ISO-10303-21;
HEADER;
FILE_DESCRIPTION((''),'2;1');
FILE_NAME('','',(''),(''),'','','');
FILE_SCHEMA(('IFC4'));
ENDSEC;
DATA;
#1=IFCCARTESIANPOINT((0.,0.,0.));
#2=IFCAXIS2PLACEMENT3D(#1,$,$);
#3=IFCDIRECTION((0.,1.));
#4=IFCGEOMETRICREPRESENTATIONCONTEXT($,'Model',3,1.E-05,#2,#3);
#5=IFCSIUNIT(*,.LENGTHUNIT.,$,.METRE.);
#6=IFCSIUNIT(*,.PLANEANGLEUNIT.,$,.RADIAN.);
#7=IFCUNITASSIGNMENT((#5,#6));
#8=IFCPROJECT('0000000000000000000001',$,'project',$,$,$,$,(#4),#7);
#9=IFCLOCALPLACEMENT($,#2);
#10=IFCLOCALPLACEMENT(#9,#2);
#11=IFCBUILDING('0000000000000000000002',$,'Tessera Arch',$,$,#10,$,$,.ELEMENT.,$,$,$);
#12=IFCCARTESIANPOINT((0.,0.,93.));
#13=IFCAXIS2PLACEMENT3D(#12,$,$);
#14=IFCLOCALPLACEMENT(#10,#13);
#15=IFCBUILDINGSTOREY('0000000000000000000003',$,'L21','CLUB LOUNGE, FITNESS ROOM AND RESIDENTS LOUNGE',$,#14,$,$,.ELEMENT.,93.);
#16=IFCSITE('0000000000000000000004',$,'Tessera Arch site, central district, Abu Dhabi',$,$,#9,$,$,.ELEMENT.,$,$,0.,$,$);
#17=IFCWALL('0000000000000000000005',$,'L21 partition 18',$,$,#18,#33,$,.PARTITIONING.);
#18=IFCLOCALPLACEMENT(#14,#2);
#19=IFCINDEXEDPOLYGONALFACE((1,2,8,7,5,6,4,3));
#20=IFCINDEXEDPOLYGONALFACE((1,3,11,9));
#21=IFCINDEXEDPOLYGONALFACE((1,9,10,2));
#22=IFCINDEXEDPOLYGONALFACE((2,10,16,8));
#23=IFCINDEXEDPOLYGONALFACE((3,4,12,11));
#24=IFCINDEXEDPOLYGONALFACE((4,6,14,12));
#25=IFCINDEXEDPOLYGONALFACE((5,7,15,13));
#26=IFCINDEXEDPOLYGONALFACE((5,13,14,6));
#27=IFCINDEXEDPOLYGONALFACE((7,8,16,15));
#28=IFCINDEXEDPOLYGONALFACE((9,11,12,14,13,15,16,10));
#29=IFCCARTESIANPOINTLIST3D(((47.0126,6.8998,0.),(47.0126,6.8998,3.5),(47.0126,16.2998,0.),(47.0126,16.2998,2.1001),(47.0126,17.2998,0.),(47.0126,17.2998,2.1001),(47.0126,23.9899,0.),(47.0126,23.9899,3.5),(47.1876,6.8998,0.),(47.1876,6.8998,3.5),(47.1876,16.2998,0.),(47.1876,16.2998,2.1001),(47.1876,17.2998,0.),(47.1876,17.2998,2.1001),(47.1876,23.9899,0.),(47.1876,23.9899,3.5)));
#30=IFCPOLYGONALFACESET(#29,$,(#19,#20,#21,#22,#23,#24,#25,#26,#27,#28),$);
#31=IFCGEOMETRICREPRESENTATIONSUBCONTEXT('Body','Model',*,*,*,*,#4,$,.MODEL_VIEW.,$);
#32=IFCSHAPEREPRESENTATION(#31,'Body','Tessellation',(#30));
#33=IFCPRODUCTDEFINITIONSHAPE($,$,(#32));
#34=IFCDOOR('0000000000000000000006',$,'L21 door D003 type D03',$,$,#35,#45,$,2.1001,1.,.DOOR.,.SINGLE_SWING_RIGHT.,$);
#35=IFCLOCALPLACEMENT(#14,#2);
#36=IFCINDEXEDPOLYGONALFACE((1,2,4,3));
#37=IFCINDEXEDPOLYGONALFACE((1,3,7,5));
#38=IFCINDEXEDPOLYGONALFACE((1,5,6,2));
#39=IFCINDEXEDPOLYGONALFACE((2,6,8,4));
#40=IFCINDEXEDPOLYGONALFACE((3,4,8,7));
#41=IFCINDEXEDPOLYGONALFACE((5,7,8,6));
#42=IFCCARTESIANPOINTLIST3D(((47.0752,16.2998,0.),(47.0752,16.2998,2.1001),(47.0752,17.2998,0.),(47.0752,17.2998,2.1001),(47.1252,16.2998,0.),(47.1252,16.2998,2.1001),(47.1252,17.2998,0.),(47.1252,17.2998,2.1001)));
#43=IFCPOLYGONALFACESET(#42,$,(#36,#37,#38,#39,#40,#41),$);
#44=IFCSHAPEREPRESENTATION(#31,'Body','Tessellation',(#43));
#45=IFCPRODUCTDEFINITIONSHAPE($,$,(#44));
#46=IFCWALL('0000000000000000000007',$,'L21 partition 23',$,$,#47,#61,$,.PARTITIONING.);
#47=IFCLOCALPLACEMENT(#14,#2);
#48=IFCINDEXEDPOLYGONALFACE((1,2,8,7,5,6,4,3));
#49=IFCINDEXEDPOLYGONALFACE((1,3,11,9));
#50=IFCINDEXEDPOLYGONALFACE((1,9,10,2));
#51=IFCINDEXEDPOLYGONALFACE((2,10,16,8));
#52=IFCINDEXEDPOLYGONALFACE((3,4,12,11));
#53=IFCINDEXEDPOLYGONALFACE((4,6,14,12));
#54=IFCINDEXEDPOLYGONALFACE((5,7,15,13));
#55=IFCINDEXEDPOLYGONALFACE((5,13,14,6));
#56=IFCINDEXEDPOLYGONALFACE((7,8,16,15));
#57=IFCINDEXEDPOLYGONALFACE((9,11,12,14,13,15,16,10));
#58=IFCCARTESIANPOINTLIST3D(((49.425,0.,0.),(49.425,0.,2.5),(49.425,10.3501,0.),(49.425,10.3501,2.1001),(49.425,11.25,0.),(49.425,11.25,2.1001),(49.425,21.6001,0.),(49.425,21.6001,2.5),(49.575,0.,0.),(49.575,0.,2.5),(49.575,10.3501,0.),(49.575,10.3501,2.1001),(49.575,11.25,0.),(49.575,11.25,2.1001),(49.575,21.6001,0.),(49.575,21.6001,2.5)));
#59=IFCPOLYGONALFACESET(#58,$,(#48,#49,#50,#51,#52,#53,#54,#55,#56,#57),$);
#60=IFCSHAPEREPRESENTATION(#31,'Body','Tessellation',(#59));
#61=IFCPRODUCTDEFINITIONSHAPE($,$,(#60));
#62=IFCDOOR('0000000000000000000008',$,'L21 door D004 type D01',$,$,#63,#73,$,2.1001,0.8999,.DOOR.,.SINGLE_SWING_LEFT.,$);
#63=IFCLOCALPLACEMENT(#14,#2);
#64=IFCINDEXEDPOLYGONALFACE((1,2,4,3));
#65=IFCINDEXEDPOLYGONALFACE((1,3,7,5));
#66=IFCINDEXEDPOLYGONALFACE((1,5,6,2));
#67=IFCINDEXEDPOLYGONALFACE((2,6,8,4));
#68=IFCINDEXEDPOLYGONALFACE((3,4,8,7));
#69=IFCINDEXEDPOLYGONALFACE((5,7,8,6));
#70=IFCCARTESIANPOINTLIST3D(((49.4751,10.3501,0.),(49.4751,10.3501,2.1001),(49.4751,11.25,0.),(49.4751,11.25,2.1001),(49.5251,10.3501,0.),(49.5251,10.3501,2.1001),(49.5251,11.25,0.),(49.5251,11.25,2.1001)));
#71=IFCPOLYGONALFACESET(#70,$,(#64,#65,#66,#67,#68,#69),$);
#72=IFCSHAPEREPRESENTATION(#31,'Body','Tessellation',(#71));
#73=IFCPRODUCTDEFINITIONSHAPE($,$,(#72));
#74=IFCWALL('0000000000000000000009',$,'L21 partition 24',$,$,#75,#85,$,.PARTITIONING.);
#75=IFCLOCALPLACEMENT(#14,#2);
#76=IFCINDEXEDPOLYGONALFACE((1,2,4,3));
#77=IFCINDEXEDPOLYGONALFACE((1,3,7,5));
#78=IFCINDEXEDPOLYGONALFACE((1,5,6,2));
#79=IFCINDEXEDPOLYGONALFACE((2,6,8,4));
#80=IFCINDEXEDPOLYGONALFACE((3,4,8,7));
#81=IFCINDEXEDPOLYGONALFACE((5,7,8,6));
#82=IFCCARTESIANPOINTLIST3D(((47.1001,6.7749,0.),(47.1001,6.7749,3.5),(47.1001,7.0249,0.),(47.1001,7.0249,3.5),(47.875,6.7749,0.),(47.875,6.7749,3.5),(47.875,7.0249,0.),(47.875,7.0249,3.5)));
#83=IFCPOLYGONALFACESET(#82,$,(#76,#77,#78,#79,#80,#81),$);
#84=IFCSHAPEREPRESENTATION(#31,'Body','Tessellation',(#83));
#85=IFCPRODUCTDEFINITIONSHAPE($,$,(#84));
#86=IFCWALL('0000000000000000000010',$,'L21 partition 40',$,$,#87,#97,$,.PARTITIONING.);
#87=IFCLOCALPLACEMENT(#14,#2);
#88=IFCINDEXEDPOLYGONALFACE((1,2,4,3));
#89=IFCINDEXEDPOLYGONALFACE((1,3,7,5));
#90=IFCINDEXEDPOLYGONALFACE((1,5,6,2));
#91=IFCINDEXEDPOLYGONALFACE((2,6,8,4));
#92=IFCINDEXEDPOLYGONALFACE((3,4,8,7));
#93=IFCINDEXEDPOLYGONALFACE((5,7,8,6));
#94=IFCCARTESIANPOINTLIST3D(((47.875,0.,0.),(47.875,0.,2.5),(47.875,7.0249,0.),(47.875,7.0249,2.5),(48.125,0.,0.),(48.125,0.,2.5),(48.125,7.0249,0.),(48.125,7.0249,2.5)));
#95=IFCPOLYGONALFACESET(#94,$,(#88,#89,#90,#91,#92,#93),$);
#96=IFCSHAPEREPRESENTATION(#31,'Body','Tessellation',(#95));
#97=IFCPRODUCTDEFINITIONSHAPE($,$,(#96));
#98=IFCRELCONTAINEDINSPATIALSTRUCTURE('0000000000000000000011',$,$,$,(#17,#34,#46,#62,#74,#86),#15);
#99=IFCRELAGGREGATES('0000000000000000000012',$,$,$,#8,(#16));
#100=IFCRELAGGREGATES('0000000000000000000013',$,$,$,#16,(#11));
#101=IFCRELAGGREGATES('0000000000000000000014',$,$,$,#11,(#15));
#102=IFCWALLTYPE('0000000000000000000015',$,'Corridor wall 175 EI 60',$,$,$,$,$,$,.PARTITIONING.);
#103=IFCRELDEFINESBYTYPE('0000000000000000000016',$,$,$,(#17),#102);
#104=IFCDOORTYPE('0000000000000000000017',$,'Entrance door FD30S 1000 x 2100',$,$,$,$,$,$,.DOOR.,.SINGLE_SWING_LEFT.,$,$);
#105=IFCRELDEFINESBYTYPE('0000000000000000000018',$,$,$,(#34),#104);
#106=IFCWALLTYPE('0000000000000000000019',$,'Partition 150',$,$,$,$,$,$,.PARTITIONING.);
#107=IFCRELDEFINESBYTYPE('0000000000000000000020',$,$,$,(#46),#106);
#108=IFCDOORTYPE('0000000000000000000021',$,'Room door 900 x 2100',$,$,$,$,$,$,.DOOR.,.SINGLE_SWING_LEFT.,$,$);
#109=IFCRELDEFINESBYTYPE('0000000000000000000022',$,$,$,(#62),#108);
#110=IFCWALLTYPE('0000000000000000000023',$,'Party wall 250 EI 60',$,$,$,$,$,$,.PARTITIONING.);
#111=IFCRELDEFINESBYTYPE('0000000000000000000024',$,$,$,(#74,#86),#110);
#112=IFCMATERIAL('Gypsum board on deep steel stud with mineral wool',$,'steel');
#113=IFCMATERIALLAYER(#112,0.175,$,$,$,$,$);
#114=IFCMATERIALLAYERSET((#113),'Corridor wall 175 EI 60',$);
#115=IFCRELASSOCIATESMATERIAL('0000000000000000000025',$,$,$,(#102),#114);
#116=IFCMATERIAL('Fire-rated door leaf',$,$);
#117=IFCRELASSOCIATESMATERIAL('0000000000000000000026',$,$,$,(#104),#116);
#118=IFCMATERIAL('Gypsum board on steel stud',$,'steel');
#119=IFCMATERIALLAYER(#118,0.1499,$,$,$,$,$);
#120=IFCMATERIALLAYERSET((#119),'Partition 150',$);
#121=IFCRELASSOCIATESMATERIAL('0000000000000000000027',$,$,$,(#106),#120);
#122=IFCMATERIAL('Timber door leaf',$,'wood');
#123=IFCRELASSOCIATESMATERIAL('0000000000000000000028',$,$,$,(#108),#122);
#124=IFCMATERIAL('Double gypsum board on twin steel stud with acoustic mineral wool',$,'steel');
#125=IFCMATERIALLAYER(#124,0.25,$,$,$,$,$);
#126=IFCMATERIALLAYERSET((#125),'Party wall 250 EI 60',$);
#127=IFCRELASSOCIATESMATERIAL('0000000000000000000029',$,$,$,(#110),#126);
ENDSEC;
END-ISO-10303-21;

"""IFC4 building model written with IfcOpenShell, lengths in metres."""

from ifc_helpers import new_model, si_unit, direction, frame, frame_2d, origin, place, context, subcontext, project, spatial, rectangle, extrude, material, layer, layer_set, type_object, element, fill, save


model = new_model("IFC4")

# Units and contexts
model_context = context("Model", 3, precision=1e-05, world=origin(), true_north=direction((0.0, 1.0)))
body_context = subcontext(model_context, "Body", "Model", "MODEL_VIEW")
ifc_project = project(units=[si_unit("LENGTHUNIT", "METRE"), si_unit("PLANEANGLEUNIT", "RADIAN")], contexts=[model_context])

# Site, building, storey
site_placement = place(None, origin())
site = spatial("IfcSite", under=ifc_project, at=site_placement, Name="Tessera Arch site, central district, Abu Dhabi", CompositionType="ELEMENT", RefElevation=0.0)
building_placement = place(site_placement, origin())
building = spatial("IfcBuilding", under=site, at=building_placement, Name="Tessera Arch", CompositionType="ELEMENT")
storey_placement = place(building_placement, frame((0.0, 0.0, 93.0)))
storey = spatial("IfcBuildingStorey", under=building, at=storey_placement, Name="L21", Description="CLUB LOUNGE, FITNESS ROOM AND RESIDENTS LOUNGE", CompositionType="ELEMENT", Elevation=93.0)

# Walls, openings, doors
ifc_material_1 = material(Name="Gypsum board on deep steel stud with mineral wool", Category="steel")
ifc_layer_1 = layer(ifc_material_1, 0.175)
ifc_layer_set_1 = layer_set([ifc_layer_1], Name="Corridor wall 175 EI 60")
wall_type_1 = type_object("IfcWallType", Name="Corridor wall 175 EI 60", PredefinedType="PARTITIONING", material=ifc_layer_set_1)
wall_1_placement = place(storey_placement, frame((47.1001, 6.8999, 0.0), z_axis=(0.0, 0.0, 1.0), x_axis=(0.0, 1.0, 0.0)))
wall_1 = element("IfcWall", 1, at=wall_1_placement, inside=storey, type_object=wall_type_1, Name="L21 partition 18", PredefinedType="PARTITIONING", context=body_context, shape_type="SweptSolid", body=[
    extrude(rectangle(XDim=17.0901, YDim=0.175, at=frame_2d((8.5449, 0.0))), origin(), (0.0, 0.0, 1.0), 3.5),
])
opening_1_placement = place(wall_1_placement, frame((9.3999, 0.0, 0.0)))
opening_1 = element("IfcOpeningElement", 2, at=opening_1_placement, cuts=wall_1, PredefinedType="OPENING", context=body_context, shape_type="SweptSolid", body=[
    extrude(rectangle(XDim=1.0, YDim=2.1001, at=frame_2d((0.5, 1.05))), frame((0.0, 0.0974, 0.0), z_axis=(0.0, -1.0, 0.0), x_axis=(1.0, 0.0, 0.0)), (0.0, 0.0, 1.0), 0.1951),
])
ifc_material_2 = material(Name="Fire-rated door leaf")
door_type_1 = type_object("IfcDoorType", Name="Entrance door FD30S 1000 x 2100", OperationType="SINGLE_SWING_LEFT", PredefinedType="DOOR", material=ifc_material_2)
door_1_placement = place(opening_1_placement, origin())
door_1 = element("IfcDoor", 3, at=door_1_placement, inside=storey, type_object=door_type_1, Name="L21 door D003 type D03", OperationType="SINGLE_SWING_RIGHT", OverallHeight=2.1001, OverallWidth=1.0, PredefinedType="DOOR", context=body_context, shape_type="SweptSolid", body=[
    extrude(rectangle(XDim=1.0, YDim=2.1001, at=frame_2d((0.5, 1.05))), frame((0.0, 0.0249, 0.0), z_axis=(0.0, -1.0, 0.0), x_axis=(1.0, 0.0, 0.0)), (0.0, 0.0, 1.0), 0.05),
])
fill(opening_1, door_1)
ifc_material_3 = material(Name="Gypsum board on steel stud", Category="steel")
ifc_layer_2 = layer(ifc_material_3, 0.1499)
ifc_layer_set_2 = layer_set([ifc_layer_2], Name="Partition 150")
wall_type_2 = type_object("IfcWallType", Name="Partition 150", PredefinedType="PARTITIONING", material=ifc_layer_set_2)
wall_2_placement = place(storey_placement, frame((49.5, 0.0, 0.0), z_axis=(0.0, 0.0, 1.0), x_axis=(0.0, 1.0, 0.0)))
wall_2 = element("IfcWall", 4, at=wall_2_placement, inside=storey, type_object=wall_type_2, Name="L21 partition 23", PredefinedType="PARTITIONING", context=body_context, shape_type="SweptSolid", body=[
    extrude(rectangle(XDim=21.6001, YDim=0.1499, at=frame_2d((10.8, 0.0))), origin(), (0.0, 0.0, 1.0), 2.5),
])
opening_2_placement = place(wall_2_placement, frame((10.3501, 0.0, 0.0)))
opening_2 = element("IfcOpeningElement", 5, at=opening_2_placement, cuts=wall_2, PredefinedType="OPENING", context=body_context, shape_type="SweptSolid", body=[
    extrude(rectangle(XDim=0.8999, YDim=2.1001, at=frame_2d((0.45, 1.05))), frame((0.0, 0.085, 0.0), z_axis=(0.0, -1.0, 0.0), x_axis=(1.0, 0.0, 0.0)), (0.0, 0.0, 1.0), 0.1699),
])
ifc_material_4 = material(Name="Timber door leaf", Category="wood")
door_type_2 = type_object("IfcDoorType", Name="Room door 900 x 2100", OperationType="SINGLE_SWING_LEFT", PredefinedType="DOOR", material=ifc_material_4)
door_2_placement = place(opening_2_placement, origin())
door_2 = element("IfcDoor", 6, at=door_2_placement, inside=storey, type_object=door_type_2, Name="L21 door D004 type D01", OperationType="SINGLE_SWING_LEFT", OverallHeight=2.1001, OverallWidth=0.8999, PredefinedType="DOOR", context=body_context, shape_type="SweptSolid", body=[
    extrude(rectangle(XDim=0.8999, YDim=2.1001, at=frame_2d((0.45, 1.05))), frame((0.0, 0.0249, 0.0), z_axis=(0.0, -1.0, 0.0), x_axis=(1.0, 0.0, 0.0)), (0.0, 0.0, 1.0), 0.05),
])
fill(opening_2, door_2)

# Walls
ifc_material_5 = material(Name="Double gypsum board on twin steel stud with acoustic mineral wool", Category="steel")
ifc_layer_3 = layer(ifc_material_5, 0.25)
ifc_layer_set_3 = layer_set([ifc_layer_3], Name="Party wall 250 EI 60")
wall_type_3 = type_object("IfcWallType", Name="Party wall 250 EI 60", PredefinedType="PARTITIONING", material=ifc_layer_set_3)
wall_3_placement = place(storey_placement, frame((47.1001, 6.8999, 0.0), z_axis=(0.0, 0.0, 1.0), x_axis=(1.0, 0.0, 0.0)))
element("IfcWall", 7, at=wall_3_placement, inside=storey, type_object=wall_type_3, Name="L21 partition 24", PredefinedType="PARTITIONING", context=body_context, shape_type="SweptSolid", body=[
    extrude(rectangle(XDim=0.7749, YDim=0.25, at=frame_2d((0.3875, 0.0))), origin(), (0.0, 0.0, 1.0), 3.5),
])
wall_4_placement = place(storey_placement, frame((48.0, 0.0, 0.0), z_axis=(0.0, 0.0, 1.0), x_axis=(0.0, 1.0, 0.0)))
element("IfcWall", 8, at=wall_4_placement, inside=storey, type_object=wall_type_3, Name="L21 partition 40", PredefinedType="PARTITIONING", context=body_context, shape_type="SweptSolid", body=[
    extrude(rectangle(XDim=7.0249, YDim=0.25, at=frame_2d((3.5125, 0.0))), origin(), (0.0, 0.0, 1.0), 2.5),
])

save(model, "model.ifc")
